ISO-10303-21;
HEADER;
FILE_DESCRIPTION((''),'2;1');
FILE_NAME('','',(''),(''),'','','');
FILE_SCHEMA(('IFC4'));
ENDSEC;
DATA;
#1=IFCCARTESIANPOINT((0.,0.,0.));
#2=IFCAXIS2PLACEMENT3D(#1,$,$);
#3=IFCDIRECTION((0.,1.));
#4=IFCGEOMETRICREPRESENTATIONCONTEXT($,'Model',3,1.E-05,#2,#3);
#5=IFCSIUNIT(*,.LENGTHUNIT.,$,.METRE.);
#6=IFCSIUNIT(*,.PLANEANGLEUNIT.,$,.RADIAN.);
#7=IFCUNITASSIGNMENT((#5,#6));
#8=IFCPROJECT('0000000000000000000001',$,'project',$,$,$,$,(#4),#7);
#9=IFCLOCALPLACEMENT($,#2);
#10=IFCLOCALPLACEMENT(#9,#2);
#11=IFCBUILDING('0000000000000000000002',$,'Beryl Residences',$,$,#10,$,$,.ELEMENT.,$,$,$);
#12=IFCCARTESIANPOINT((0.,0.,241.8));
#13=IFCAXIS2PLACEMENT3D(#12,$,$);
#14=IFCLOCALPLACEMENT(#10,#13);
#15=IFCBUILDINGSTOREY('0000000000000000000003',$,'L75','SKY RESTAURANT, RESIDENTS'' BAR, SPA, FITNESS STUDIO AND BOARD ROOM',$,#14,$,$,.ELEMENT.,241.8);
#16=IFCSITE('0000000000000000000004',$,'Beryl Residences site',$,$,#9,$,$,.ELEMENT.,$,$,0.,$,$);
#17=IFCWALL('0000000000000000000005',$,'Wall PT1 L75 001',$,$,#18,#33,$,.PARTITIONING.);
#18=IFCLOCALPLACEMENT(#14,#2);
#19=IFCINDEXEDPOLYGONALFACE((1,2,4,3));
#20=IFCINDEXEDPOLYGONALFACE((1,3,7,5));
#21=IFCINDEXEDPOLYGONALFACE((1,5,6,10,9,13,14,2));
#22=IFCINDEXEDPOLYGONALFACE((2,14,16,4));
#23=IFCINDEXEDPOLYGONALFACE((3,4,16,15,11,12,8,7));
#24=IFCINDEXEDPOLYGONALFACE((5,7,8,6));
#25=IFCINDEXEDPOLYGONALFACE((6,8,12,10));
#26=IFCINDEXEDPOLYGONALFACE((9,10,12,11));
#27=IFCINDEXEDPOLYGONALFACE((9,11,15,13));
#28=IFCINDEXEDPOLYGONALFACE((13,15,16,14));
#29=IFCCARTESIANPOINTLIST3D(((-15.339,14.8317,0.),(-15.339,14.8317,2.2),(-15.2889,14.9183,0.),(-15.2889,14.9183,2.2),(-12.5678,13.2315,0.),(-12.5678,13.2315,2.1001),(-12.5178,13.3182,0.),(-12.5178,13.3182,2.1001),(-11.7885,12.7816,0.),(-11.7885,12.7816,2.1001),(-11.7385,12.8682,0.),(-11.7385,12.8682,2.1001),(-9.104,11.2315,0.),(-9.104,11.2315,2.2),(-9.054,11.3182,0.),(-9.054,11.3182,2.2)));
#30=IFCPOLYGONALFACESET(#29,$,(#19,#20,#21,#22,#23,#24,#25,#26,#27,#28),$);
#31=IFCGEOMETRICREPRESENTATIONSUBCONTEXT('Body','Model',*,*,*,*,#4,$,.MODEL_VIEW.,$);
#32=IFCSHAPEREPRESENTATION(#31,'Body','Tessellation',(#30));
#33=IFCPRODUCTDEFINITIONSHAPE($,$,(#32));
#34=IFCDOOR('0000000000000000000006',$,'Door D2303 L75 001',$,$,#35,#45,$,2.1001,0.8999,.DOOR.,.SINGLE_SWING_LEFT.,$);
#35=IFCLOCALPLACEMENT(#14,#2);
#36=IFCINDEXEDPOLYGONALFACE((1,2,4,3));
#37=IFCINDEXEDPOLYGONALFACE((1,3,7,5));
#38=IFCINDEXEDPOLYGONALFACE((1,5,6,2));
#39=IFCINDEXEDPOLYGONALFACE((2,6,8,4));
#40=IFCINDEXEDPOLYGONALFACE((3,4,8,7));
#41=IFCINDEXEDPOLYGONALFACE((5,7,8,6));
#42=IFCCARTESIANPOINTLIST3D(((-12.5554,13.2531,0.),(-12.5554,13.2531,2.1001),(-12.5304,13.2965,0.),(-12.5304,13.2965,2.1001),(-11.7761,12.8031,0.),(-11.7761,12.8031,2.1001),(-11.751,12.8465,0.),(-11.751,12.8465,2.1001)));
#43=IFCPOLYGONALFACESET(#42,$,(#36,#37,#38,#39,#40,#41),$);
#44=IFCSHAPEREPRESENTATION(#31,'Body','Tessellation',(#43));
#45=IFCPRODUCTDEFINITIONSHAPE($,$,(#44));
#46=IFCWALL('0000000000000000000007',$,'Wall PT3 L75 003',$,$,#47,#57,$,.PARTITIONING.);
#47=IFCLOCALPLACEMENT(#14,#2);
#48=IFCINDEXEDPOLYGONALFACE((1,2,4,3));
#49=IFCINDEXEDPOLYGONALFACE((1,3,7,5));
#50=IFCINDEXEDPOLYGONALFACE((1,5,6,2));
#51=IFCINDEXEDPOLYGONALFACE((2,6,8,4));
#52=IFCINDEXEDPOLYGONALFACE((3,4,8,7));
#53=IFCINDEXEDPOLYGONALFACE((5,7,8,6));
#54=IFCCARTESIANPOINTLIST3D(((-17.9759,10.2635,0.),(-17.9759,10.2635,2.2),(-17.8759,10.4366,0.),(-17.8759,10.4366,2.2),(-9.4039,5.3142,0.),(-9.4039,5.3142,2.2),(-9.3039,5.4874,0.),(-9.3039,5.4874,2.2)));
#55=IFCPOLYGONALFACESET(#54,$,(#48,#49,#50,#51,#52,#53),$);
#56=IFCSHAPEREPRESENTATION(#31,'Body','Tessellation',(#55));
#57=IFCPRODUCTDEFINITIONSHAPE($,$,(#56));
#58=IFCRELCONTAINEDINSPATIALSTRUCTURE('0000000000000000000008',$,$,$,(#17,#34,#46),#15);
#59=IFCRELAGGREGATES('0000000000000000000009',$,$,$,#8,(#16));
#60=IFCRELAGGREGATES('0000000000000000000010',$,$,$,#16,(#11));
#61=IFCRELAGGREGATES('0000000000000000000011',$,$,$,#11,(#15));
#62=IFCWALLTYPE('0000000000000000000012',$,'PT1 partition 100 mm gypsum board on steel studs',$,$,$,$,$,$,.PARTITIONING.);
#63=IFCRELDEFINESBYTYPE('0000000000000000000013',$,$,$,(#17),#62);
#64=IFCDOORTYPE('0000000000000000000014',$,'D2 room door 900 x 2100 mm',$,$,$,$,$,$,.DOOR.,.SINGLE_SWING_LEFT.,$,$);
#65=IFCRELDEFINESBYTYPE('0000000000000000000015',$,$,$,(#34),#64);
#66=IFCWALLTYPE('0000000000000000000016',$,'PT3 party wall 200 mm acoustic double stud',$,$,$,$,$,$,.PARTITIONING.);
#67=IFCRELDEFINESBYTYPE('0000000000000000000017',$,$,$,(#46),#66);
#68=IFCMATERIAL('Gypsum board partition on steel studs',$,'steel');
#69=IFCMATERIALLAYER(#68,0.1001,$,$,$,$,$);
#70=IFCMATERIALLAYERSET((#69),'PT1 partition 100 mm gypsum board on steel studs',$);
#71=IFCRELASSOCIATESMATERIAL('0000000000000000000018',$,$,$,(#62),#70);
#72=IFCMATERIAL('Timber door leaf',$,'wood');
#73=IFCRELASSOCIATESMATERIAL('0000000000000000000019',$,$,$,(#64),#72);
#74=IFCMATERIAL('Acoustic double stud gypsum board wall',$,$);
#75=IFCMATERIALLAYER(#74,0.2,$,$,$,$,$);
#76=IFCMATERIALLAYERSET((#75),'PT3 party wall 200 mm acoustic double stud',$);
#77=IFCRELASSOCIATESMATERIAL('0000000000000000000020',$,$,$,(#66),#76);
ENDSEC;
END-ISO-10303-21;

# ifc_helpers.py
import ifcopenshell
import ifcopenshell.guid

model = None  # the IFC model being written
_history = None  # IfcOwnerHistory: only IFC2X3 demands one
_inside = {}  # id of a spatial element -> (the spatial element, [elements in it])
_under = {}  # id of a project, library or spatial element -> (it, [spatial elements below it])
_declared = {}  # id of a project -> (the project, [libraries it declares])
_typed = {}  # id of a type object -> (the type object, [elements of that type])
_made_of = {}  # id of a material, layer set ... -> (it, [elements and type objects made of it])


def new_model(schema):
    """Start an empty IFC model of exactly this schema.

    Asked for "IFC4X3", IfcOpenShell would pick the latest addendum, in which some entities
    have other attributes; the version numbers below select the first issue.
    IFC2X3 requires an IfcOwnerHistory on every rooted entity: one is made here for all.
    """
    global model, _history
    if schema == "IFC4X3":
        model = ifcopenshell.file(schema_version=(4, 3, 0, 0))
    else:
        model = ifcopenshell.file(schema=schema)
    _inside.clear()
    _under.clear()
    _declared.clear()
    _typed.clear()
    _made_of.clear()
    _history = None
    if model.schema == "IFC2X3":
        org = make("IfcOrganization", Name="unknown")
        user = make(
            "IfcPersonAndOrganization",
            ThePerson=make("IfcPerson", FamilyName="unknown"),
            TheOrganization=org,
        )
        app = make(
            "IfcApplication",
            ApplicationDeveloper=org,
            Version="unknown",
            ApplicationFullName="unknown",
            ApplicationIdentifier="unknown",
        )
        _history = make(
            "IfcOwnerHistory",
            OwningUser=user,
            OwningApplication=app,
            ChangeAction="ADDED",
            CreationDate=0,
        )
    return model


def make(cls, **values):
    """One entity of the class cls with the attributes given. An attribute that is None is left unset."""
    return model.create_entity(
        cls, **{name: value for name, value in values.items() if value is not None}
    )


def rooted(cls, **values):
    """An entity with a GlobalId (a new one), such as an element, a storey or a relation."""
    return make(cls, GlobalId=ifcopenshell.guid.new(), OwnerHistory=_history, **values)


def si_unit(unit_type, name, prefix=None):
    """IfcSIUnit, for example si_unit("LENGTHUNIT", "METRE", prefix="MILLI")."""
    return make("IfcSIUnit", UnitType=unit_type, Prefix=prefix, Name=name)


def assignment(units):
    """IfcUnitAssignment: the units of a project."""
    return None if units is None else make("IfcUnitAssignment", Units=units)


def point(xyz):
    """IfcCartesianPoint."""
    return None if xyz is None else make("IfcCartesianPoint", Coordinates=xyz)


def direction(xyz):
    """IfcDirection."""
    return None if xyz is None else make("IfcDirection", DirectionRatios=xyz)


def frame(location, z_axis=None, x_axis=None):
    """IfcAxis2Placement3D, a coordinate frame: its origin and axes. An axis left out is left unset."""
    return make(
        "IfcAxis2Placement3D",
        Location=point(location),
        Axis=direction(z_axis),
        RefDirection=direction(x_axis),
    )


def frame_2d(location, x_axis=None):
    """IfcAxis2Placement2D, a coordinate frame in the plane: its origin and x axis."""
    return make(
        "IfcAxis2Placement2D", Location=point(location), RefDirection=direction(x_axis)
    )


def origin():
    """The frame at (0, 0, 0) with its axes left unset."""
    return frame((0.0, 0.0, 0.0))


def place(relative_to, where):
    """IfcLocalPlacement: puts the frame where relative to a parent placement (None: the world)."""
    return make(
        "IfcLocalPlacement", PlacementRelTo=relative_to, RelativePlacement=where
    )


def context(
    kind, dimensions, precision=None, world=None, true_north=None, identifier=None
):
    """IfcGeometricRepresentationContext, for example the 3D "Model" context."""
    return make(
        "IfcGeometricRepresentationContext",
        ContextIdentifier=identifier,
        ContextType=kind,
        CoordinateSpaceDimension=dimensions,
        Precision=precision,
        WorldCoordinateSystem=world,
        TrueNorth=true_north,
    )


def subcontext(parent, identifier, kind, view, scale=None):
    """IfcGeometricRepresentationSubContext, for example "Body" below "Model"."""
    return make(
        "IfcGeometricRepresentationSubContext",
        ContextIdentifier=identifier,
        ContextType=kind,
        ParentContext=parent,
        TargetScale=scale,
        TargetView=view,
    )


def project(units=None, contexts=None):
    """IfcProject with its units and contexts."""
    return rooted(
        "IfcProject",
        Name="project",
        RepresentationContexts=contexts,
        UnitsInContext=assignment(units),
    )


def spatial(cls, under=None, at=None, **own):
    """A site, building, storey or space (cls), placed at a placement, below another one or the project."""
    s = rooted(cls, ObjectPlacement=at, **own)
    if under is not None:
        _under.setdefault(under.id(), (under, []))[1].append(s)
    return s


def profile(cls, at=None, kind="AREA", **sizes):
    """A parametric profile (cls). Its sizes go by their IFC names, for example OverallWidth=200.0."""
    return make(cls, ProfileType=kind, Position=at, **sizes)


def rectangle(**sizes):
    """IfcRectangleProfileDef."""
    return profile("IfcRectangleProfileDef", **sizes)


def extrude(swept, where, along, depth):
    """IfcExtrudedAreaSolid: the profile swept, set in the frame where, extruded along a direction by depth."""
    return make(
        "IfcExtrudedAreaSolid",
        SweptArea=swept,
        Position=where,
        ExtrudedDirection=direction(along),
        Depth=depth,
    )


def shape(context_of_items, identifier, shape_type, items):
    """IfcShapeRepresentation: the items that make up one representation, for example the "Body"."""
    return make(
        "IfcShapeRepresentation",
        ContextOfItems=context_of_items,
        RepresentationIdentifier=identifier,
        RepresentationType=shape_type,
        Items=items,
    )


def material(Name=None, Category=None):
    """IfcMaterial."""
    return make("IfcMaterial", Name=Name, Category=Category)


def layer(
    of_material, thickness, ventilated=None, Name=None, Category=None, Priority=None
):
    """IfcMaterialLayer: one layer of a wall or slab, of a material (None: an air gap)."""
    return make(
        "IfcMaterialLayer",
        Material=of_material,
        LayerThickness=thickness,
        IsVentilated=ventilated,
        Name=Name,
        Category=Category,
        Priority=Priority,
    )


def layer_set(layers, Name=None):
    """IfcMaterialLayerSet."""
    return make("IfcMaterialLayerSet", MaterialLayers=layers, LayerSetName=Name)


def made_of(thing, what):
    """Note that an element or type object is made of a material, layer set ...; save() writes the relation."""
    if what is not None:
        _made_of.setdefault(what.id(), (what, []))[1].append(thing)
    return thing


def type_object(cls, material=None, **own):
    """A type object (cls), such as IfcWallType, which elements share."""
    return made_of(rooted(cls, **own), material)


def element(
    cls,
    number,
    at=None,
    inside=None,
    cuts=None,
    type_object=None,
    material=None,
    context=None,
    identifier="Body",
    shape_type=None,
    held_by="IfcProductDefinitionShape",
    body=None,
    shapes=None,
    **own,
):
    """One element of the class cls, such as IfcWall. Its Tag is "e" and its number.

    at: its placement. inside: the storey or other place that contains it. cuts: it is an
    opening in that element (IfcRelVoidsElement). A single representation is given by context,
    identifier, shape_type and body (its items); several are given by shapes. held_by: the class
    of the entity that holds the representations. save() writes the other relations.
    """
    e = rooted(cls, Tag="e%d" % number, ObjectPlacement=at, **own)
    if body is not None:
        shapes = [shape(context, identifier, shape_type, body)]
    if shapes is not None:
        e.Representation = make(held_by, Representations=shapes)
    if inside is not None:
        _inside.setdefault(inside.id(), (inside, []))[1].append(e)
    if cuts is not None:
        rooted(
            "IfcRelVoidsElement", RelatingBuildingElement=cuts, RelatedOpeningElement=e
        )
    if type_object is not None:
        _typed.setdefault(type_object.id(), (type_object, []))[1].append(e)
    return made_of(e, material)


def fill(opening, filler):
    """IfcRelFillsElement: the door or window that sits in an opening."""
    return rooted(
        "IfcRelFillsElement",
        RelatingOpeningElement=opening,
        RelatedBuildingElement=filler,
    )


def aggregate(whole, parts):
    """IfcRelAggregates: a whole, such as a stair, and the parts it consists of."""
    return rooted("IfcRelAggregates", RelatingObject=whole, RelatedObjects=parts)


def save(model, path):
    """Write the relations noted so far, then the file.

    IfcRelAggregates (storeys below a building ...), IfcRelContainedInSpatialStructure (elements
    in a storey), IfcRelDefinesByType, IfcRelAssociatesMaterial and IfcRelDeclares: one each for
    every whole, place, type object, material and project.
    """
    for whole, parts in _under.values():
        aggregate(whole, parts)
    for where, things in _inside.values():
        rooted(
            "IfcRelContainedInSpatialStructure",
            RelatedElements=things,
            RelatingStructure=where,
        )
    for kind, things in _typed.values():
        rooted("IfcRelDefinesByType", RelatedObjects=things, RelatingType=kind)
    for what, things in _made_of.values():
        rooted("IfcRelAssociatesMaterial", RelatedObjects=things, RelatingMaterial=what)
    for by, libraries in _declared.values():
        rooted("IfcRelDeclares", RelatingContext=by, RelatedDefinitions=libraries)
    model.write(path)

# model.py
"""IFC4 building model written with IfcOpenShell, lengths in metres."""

from ifc_helpers import new_model, si_unit, direction, frame, frame_2d, origin, place, context, subcontext, project, spatial, rectangle, extrude, material, layer, layer_set, type_object, element, fill, save


model = new_model("IFC4")

# Units and contexts
model_context = context("Model", 3, precision=1e-05, world=origin(), true_north=direction((0.0, 1.0)))
body_context = subcontext(model_context, "Body", "Model", "MODEL_VIEW")
ifc_project = project(units=[si_unit("LENGTHUNIT", "METRE"), si_unit("PLANEANGLEUNIT", "RADIAN")], contexts=[model_context])

# Site, building, storey
site_placement = place(None, origin())
site = spatial("IfcSite", under=ifc_project, at=site_placement, Name="Beryl Residences site", CompositionType="ELEMENT", RefElevation=0.0)
building_placement = place(site_placement, origin())
building = spatial("IfcBuilding", under=site, at=building_placement, Name="Beryl Residences", CompositionType="ELEMENT")
storey_placement = place(building_placement, frame((0.0, 0.0, 241.8)))
storey = spatial("IfcBuildingStorey", under=building, at=storey_placement, Name="L75", Description="SKY RESTAURANT, RESIDENTS' BAR, SPA, FITNESS STUDIO AND BOARD ROOM", CompositionType="ELEMENT", Elevation=241.8)

# Wall, opening, door
ifc_material_1 = material(Name="Gypsum board partition on steel studs", Category="steel")
ifc_layer_1 = layer(ifc_material_1, 0.1001)
ifc_layer_set_1 = layer_set([ifc_layer_1], Name="PT1 partition 100 mm gypsum board on steel studs")
wall_type_1 = type_object("IfcWallType", Name="PT1 partition 100 mm gypsum board on steel studs", PredefinedType="PARTITIONING", material=ifc_layer_set_1)
wall_1_placement = place(storey_placement, frame((-15.314, 14.875, 0.0), z_axis=(0.0, 0.0, 1.0), x_axis=(0.866001, -0.500041, 0.0)))
wall_1 = element("IfcWall", 1, at=wall_1_placement, inside=storey, type_object=wall_type_1, Name="Wall PT1 L75 001", PredefinedType="PARTITIONING", context=body_context, shape_type="SweptSolid", body=[
    extrude(rectangle(XDim=7.1997, YDim=0.1001, at=frame_2d((3.5999, 0.0))), origin(), (0.0, 0.0, 1.0), 2.2),
])
opening_1_placement = place(wall_1_placement, frame((3.2, 0.0, 0.0)))
opening_1 = element("IfcOpeningElement", 2, at=opening_1_placement, cuts=wall_1, PredefinedType="OPENING", context=body_context, shape_type="SweptSolid", body=[
    extrude(rectangle(XDim=0.8999, YDim=2.1001, at=frame_2d((0.45, 1.05))), frame((0.0, 0.0601, 0.0), z_axis=(0.0, -1.0, 0.0), x_axis=(1.0, 0.0, 0.0)), (0.0, 0.0, 1.0), 0.1201),
])
ifc_material_2 = material(Name="Timber door leaf", Category="wood")
door_type = type_object("IfcDoorType", Name="D2 room door 900 x 2100 mm", OperationType="SINGLE_SWING_LEFT", PredefinedType="DOOR", material=ifc_material_2)
door_placement = place(opening_1_placement, origin())
door = element("IfcDoor", 3, at=door_placement, inside=storey, type_object=door_type, Name="Door D2303 L75 001", OperationType="SINGLE_SWING_LEFT", OverallHeight=2.1001, OverallWidth=0.8999, PredefinedType="DOOR", context=body_context, shape_type="SweptSolid", body=[
    extrude(rectangle(XDim=0.8999, YDim=2.1001, at=frame_2d((0.45, 1.05))), frame((0.0, 0.0249, 0.0), z_axis=(0.0, -1.0, 0.0), x_axis=(1.0, 0.0, 0.0)), (0.0, 0.0, 1.0), 0.05),
])
fill(opening_1, door)

# Wall
ifc_material_3 = material(Name="Acoustic double stud gypsum board wall")
ifc_layer_2 = layer(ifc_material_3, 0.2)
ifc_layer_set_2 = layer_set([ifc_layer_2], Name="PT3 party wall 200 mm acoustic double stud")
wall_type_2 = type_object("IfcWallType", Name="PT3 party wall 200 mm acoustic double stud", PredefinedType="PARTITIONING", material=ifc_layer_set_2)
wall_2_placement = place(storey_placement, frame((-17.926, 10.3501, 0.0), z_axis=(0.0, 0.0, 1.0), x_axis=(0.866018, -0.500012, 0.0)))
element("IfcWall", 4, at=wall_2_placement, inside=storey, type_object=wall_type_2, Name="Wall PT3 L75 003", PredefinedType="PARTITIONING", context=body_context, shape_type="SweptSolid", body=[
    extrude(rectangle(XDim=9.8982, YDim=0.2, at=frame_2d((4.9492, 0.0))), origin(), (0.0, 0.0, 1.0), 2.2),
])

save(model, "model.ifc")
